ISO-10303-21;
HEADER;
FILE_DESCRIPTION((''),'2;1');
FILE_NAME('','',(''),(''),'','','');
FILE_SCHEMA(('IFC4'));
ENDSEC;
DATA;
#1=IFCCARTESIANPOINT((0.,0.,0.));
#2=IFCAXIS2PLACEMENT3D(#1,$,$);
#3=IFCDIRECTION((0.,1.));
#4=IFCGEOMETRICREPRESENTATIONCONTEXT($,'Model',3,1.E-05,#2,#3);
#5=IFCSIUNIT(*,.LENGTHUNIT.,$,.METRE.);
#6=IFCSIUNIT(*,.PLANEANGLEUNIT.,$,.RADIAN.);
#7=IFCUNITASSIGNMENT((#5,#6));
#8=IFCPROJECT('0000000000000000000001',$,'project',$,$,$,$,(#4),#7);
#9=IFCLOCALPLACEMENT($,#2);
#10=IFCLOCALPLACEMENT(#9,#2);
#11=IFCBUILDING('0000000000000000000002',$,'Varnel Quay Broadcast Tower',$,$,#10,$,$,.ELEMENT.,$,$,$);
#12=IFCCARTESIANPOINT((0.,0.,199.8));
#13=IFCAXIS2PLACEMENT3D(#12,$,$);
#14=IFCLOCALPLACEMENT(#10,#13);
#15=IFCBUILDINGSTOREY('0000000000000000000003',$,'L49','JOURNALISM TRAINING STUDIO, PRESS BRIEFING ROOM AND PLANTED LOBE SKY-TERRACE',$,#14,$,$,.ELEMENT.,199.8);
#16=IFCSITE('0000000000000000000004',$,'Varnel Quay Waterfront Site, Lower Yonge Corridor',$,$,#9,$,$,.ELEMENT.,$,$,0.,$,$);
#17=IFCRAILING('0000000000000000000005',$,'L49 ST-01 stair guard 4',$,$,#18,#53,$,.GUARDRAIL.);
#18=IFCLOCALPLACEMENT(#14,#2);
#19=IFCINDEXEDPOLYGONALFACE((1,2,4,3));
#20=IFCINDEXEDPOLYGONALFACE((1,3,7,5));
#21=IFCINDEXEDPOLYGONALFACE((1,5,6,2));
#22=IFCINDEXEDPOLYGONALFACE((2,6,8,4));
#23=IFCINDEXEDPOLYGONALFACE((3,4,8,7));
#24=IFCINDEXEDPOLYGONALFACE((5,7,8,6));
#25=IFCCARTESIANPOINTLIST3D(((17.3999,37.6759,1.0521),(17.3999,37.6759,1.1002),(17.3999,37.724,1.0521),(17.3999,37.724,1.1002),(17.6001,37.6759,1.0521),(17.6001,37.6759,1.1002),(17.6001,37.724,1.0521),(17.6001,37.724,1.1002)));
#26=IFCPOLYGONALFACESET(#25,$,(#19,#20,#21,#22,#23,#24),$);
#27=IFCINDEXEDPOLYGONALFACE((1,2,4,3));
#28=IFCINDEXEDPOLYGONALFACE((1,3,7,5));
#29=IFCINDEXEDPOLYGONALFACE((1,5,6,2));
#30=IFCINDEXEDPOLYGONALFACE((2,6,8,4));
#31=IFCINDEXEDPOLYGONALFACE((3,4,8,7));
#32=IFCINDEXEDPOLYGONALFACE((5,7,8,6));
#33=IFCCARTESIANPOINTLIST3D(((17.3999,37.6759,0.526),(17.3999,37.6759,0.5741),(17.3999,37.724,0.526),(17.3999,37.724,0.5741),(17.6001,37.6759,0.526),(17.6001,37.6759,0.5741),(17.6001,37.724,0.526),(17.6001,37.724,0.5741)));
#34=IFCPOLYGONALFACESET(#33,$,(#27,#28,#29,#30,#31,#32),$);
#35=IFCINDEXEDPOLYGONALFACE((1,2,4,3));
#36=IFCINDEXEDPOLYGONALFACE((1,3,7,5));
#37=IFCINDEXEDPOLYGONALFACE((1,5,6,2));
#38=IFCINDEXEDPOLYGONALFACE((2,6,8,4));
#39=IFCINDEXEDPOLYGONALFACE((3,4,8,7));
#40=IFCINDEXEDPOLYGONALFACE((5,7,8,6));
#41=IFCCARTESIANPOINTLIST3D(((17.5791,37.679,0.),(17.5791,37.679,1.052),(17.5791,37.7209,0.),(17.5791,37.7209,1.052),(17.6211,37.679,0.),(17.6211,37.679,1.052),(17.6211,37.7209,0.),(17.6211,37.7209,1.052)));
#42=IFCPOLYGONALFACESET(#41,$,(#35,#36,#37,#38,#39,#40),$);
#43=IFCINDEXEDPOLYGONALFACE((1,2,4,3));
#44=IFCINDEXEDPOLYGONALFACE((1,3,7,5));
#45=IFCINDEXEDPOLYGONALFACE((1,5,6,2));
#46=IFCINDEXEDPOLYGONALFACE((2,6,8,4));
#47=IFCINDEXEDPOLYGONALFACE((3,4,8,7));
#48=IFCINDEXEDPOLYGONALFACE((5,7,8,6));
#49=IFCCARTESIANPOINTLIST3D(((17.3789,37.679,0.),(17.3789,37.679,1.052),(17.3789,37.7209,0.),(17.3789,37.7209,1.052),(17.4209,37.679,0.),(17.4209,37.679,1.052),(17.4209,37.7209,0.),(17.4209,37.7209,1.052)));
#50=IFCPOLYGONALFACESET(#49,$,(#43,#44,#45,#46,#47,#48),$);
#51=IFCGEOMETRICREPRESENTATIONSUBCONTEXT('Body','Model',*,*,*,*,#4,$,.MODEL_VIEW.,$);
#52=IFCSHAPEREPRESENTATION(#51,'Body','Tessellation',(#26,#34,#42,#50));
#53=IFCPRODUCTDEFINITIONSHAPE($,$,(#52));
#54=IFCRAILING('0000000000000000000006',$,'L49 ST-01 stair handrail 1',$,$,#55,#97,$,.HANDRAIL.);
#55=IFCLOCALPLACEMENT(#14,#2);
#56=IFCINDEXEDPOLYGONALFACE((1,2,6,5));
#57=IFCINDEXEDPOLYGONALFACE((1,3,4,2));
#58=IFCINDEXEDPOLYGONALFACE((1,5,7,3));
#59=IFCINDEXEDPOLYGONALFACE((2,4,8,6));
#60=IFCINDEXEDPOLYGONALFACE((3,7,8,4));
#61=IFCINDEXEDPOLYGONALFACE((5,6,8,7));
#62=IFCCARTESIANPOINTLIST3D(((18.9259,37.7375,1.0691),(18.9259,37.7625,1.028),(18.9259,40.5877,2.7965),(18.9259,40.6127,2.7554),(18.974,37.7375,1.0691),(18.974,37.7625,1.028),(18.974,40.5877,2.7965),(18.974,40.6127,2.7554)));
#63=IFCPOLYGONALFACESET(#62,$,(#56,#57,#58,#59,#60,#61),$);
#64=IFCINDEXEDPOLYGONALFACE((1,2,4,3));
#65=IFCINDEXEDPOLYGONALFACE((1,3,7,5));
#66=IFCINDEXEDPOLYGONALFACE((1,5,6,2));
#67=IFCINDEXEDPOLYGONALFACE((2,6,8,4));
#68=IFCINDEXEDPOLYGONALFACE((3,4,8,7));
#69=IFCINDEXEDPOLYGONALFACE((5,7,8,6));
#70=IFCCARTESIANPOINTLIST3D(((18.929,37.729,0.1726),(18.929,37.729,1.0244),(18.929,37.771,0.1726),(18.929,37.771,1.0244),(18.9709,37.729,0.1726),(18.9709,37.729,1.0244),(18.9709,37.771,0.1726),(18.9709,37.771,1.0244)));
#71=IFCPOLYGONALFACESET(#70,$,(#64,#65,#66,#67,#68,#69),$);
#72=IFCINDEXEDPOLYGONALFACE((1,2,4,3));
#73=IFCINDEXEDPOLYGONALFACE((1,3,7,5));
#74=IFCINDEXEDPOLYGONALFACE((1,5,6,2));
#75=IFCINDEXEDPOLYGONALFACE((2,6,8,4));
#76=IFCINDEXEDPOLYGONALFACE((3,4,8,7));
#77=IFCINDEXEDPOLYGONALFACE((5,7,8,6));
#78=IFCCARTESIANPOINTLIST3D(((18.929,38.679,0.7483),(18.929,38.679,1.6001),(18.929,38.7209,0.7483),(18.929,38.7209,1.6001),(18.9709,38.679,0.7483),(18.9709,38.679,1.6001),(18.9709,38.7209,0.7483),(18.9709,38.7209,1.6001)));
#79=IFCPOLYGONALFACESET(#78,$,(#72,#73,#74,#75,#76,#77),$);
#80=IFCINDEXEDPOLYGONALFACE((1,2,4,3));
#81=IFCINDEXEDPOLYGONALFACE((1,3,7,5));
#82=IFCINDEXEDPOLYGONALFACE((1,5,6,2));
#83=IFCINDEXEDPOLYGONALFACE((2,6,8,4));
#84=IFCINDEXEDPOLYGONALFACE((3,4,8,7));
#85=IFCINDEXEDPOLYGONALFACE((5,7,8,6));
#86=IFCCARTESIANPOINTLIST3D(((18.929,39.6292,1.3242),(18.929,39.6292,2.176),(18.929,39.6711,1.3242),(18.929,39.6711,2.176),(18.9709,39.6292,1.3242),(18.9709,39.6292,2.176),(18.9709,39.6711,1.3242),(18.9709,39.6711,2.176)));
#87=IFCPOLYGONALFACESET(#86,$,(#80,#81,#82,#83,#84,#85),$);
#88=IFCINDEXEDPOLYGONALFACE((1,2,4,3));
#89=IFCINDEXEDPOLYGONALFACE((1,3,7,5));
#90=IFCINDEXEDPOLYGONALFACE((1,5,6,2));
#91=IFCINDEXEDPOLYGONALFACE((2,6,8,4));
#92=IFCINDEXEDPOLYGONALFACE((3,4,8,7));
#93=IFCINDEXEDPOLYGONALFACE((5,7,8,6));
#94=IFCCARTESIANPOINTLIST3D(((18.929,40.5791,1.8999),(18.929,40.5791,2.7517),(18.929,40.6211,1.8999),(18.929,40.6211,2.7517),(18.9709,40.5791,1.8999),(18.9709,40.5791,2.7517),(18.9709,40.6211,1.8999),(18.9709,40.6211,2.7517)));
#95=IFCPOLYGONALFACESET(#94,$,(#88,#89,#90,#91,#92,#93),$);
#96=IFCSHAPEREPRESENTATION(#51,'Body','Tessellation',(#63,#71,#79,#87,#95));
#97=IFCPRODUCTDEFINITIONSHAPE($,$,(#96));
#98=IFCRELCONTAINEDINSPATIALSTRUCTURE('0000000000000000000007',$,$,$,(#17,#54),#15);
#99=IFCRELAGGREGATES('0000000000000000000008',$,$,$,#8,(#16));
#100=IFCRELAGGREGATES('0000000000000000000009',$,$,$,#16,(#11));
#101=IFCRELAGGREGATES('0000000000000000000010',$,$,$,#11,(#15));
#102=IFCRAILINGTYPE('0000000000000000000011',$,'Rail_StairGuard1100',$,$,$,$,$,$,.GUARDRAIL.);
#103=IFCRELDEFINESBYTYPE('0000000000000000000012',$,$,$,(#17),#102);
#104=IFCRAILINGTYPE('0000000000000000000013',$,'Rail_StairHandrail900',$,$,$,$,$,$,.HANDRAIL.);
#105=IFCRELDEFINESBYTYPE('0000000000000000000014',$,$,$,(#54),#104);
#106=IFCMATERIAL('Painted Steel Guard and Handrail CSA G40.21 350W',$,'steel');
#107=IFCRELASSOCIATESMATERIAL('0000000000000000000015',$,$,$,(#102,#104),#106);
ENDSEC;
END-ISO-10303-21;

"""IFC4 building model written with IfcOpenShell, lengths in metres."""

from ifc_helpers import new_model, si_unit, direction, frame, origin, origin_2d, place, context, subcontext, project, spatial, rectangle, extrude, material, type_object, element, save


model = new_model("IFC4")

# Units and contexts
model_context = context("Model", 3, precision=1e-05, world=origin(), true_north=direction((0.0, 1.0)))
body_context = subcontext(model_context, "Body", "Model", "MODEL_VIEW")
ifc_project = project(units=[si_unit("LENGTHUNIT", "METRE"), si_unit("PLANEANGLEUNIT", "RADIAN")], contexts=[model_context])

# Site, building, storey
site_placement = place(None, origin())
site = spatial("IfcSite", under=ifc_project, at=site_placement, Name="Varnel Quay Waterfront Site, Lower Yonge Corridor", CompositionType="ELEMENT", RefElevation=0.0)
building_placement = place(site_placement, origin())
building = spatial("IfcBuilding", under=site, at=building_placement, Name="Varnel Quay Broadcast Tower", CompositionType="ELEMENT")
storey_placement = place(building_placement, frame((0.0, 0.0, 199.8)))
storey = spatial("IfcBuildingStorey", under=building, at=storey_placement, Name="L49", Description="JOURNALISM TRAINING STUDIO, PRESS BRIEFING ROOM AND PLANTED LOBE SKY-TERRACE", CompositionType="ELEMENT", Elevation=199.8)

# Railings
ifc_material_1 = material(Name="Painted Steel Guard and Handrail CSA G40.21 350W", Category="steel")
railing_type_1 = type_object("IfcRailingType", Name="Rail_StairGuard1100", PredefinedType="GUARDRAIL", material=ifc_material_1)
railing_1_placement = place(storey_placement, frame((17.6001, 37.7, 0.0)))
element("IfcRailing", 1, at=railing_1_placement, inside=storey, type_object=railing_type_1, Name="L49 ST-01 stair guard 4", PredefinedType="GUARDRAIL", context=body_context, shape_type="SweptSolid", body=[
    extrude(rectangle(XDim=0.0481, YDim=0.0481, at=origin_2d()), frame((0.0, 0.0, 1.0762), z_axis=(-1.0, 0.0, 0.0), x_axis=(0.0, -1.0, 0.0)), (0.0, 0.0, 1.0), 0.2002),
    extrude(rectangle(XDim=0.0481, YDim=0.0481, at=origin_2d()), frame((0.0, 0.0, 0.55), z_axis=(-1.0, 0.0, 0.0), x_axis=(0.0, -1.0, 0.0)), (0.0, 0.0, 1.0), 0.2002),
    extrude(rectangle(XDim=0.042, YDim=0.042, at=origin_2d()), origin(), (0.0, 0.0, 1.0), 1.052),
    extrude(rectangle(XDim=0.042, YDim=0.042, at=origin_2d()), frame((-0.2002, 0.0, 0.0)), (0.0, 0.0, 1.0), 1.052),
])
railing_type_2 = type_object("IfcRailingType", Name="Rail_StairHandrail900", PredefinedType="HANDRAIL", material=ifc_material_1)
railing_2_placement = place(storey_placement, frame((18.95, 37.75, 0.1726)))
element("IfcRailing", 2, at=railing_2_placement, inside=storey, type_object=railing_type_2, Name="L49 ST-01 stair handrail 1", PredefinedType="HANDRAIL", context=body_context, shape_type="SweptSolid", body=[
    extrude(rectangle(XDim=0.0481, YDim=0.0481, at=origin_2d()), frame((0.0, 0.0, 0.876), z_axis=(0.0, 0.855203, 0.518294), x_axis=(-1.0, 0.0, 0.0)), (0.0, 0.0, 1.0), 3.3328),
    extrude(rectangle(XDim=0.042, YDim=0.042, at=origin_2d()), origin(), (0.0, 0.0, 1.0), 0.8518),
    extrude(rectangle(XDim=0.042, YDim=0.042, at=origin_2d()), frame((0.0, 0.95, 0.5757)), (0.0, 0.0, 1.0), 0.8518),
    extrude(rectangle(XDim=0.042, YDim=0.042, at=origin_2d()), frame((0.0, 1.9001, 1.1516)), (0.0, 0.0, 1.0), 0.8518),
    extrude(rectangle(XDim=0.042, YDim=0.042, at=origin_2d()), frame((0.0, 2.8501, 1.7273)), (0.0, 0.0, 1.0), 0.8518),
])

save(model, "model.ifc")
